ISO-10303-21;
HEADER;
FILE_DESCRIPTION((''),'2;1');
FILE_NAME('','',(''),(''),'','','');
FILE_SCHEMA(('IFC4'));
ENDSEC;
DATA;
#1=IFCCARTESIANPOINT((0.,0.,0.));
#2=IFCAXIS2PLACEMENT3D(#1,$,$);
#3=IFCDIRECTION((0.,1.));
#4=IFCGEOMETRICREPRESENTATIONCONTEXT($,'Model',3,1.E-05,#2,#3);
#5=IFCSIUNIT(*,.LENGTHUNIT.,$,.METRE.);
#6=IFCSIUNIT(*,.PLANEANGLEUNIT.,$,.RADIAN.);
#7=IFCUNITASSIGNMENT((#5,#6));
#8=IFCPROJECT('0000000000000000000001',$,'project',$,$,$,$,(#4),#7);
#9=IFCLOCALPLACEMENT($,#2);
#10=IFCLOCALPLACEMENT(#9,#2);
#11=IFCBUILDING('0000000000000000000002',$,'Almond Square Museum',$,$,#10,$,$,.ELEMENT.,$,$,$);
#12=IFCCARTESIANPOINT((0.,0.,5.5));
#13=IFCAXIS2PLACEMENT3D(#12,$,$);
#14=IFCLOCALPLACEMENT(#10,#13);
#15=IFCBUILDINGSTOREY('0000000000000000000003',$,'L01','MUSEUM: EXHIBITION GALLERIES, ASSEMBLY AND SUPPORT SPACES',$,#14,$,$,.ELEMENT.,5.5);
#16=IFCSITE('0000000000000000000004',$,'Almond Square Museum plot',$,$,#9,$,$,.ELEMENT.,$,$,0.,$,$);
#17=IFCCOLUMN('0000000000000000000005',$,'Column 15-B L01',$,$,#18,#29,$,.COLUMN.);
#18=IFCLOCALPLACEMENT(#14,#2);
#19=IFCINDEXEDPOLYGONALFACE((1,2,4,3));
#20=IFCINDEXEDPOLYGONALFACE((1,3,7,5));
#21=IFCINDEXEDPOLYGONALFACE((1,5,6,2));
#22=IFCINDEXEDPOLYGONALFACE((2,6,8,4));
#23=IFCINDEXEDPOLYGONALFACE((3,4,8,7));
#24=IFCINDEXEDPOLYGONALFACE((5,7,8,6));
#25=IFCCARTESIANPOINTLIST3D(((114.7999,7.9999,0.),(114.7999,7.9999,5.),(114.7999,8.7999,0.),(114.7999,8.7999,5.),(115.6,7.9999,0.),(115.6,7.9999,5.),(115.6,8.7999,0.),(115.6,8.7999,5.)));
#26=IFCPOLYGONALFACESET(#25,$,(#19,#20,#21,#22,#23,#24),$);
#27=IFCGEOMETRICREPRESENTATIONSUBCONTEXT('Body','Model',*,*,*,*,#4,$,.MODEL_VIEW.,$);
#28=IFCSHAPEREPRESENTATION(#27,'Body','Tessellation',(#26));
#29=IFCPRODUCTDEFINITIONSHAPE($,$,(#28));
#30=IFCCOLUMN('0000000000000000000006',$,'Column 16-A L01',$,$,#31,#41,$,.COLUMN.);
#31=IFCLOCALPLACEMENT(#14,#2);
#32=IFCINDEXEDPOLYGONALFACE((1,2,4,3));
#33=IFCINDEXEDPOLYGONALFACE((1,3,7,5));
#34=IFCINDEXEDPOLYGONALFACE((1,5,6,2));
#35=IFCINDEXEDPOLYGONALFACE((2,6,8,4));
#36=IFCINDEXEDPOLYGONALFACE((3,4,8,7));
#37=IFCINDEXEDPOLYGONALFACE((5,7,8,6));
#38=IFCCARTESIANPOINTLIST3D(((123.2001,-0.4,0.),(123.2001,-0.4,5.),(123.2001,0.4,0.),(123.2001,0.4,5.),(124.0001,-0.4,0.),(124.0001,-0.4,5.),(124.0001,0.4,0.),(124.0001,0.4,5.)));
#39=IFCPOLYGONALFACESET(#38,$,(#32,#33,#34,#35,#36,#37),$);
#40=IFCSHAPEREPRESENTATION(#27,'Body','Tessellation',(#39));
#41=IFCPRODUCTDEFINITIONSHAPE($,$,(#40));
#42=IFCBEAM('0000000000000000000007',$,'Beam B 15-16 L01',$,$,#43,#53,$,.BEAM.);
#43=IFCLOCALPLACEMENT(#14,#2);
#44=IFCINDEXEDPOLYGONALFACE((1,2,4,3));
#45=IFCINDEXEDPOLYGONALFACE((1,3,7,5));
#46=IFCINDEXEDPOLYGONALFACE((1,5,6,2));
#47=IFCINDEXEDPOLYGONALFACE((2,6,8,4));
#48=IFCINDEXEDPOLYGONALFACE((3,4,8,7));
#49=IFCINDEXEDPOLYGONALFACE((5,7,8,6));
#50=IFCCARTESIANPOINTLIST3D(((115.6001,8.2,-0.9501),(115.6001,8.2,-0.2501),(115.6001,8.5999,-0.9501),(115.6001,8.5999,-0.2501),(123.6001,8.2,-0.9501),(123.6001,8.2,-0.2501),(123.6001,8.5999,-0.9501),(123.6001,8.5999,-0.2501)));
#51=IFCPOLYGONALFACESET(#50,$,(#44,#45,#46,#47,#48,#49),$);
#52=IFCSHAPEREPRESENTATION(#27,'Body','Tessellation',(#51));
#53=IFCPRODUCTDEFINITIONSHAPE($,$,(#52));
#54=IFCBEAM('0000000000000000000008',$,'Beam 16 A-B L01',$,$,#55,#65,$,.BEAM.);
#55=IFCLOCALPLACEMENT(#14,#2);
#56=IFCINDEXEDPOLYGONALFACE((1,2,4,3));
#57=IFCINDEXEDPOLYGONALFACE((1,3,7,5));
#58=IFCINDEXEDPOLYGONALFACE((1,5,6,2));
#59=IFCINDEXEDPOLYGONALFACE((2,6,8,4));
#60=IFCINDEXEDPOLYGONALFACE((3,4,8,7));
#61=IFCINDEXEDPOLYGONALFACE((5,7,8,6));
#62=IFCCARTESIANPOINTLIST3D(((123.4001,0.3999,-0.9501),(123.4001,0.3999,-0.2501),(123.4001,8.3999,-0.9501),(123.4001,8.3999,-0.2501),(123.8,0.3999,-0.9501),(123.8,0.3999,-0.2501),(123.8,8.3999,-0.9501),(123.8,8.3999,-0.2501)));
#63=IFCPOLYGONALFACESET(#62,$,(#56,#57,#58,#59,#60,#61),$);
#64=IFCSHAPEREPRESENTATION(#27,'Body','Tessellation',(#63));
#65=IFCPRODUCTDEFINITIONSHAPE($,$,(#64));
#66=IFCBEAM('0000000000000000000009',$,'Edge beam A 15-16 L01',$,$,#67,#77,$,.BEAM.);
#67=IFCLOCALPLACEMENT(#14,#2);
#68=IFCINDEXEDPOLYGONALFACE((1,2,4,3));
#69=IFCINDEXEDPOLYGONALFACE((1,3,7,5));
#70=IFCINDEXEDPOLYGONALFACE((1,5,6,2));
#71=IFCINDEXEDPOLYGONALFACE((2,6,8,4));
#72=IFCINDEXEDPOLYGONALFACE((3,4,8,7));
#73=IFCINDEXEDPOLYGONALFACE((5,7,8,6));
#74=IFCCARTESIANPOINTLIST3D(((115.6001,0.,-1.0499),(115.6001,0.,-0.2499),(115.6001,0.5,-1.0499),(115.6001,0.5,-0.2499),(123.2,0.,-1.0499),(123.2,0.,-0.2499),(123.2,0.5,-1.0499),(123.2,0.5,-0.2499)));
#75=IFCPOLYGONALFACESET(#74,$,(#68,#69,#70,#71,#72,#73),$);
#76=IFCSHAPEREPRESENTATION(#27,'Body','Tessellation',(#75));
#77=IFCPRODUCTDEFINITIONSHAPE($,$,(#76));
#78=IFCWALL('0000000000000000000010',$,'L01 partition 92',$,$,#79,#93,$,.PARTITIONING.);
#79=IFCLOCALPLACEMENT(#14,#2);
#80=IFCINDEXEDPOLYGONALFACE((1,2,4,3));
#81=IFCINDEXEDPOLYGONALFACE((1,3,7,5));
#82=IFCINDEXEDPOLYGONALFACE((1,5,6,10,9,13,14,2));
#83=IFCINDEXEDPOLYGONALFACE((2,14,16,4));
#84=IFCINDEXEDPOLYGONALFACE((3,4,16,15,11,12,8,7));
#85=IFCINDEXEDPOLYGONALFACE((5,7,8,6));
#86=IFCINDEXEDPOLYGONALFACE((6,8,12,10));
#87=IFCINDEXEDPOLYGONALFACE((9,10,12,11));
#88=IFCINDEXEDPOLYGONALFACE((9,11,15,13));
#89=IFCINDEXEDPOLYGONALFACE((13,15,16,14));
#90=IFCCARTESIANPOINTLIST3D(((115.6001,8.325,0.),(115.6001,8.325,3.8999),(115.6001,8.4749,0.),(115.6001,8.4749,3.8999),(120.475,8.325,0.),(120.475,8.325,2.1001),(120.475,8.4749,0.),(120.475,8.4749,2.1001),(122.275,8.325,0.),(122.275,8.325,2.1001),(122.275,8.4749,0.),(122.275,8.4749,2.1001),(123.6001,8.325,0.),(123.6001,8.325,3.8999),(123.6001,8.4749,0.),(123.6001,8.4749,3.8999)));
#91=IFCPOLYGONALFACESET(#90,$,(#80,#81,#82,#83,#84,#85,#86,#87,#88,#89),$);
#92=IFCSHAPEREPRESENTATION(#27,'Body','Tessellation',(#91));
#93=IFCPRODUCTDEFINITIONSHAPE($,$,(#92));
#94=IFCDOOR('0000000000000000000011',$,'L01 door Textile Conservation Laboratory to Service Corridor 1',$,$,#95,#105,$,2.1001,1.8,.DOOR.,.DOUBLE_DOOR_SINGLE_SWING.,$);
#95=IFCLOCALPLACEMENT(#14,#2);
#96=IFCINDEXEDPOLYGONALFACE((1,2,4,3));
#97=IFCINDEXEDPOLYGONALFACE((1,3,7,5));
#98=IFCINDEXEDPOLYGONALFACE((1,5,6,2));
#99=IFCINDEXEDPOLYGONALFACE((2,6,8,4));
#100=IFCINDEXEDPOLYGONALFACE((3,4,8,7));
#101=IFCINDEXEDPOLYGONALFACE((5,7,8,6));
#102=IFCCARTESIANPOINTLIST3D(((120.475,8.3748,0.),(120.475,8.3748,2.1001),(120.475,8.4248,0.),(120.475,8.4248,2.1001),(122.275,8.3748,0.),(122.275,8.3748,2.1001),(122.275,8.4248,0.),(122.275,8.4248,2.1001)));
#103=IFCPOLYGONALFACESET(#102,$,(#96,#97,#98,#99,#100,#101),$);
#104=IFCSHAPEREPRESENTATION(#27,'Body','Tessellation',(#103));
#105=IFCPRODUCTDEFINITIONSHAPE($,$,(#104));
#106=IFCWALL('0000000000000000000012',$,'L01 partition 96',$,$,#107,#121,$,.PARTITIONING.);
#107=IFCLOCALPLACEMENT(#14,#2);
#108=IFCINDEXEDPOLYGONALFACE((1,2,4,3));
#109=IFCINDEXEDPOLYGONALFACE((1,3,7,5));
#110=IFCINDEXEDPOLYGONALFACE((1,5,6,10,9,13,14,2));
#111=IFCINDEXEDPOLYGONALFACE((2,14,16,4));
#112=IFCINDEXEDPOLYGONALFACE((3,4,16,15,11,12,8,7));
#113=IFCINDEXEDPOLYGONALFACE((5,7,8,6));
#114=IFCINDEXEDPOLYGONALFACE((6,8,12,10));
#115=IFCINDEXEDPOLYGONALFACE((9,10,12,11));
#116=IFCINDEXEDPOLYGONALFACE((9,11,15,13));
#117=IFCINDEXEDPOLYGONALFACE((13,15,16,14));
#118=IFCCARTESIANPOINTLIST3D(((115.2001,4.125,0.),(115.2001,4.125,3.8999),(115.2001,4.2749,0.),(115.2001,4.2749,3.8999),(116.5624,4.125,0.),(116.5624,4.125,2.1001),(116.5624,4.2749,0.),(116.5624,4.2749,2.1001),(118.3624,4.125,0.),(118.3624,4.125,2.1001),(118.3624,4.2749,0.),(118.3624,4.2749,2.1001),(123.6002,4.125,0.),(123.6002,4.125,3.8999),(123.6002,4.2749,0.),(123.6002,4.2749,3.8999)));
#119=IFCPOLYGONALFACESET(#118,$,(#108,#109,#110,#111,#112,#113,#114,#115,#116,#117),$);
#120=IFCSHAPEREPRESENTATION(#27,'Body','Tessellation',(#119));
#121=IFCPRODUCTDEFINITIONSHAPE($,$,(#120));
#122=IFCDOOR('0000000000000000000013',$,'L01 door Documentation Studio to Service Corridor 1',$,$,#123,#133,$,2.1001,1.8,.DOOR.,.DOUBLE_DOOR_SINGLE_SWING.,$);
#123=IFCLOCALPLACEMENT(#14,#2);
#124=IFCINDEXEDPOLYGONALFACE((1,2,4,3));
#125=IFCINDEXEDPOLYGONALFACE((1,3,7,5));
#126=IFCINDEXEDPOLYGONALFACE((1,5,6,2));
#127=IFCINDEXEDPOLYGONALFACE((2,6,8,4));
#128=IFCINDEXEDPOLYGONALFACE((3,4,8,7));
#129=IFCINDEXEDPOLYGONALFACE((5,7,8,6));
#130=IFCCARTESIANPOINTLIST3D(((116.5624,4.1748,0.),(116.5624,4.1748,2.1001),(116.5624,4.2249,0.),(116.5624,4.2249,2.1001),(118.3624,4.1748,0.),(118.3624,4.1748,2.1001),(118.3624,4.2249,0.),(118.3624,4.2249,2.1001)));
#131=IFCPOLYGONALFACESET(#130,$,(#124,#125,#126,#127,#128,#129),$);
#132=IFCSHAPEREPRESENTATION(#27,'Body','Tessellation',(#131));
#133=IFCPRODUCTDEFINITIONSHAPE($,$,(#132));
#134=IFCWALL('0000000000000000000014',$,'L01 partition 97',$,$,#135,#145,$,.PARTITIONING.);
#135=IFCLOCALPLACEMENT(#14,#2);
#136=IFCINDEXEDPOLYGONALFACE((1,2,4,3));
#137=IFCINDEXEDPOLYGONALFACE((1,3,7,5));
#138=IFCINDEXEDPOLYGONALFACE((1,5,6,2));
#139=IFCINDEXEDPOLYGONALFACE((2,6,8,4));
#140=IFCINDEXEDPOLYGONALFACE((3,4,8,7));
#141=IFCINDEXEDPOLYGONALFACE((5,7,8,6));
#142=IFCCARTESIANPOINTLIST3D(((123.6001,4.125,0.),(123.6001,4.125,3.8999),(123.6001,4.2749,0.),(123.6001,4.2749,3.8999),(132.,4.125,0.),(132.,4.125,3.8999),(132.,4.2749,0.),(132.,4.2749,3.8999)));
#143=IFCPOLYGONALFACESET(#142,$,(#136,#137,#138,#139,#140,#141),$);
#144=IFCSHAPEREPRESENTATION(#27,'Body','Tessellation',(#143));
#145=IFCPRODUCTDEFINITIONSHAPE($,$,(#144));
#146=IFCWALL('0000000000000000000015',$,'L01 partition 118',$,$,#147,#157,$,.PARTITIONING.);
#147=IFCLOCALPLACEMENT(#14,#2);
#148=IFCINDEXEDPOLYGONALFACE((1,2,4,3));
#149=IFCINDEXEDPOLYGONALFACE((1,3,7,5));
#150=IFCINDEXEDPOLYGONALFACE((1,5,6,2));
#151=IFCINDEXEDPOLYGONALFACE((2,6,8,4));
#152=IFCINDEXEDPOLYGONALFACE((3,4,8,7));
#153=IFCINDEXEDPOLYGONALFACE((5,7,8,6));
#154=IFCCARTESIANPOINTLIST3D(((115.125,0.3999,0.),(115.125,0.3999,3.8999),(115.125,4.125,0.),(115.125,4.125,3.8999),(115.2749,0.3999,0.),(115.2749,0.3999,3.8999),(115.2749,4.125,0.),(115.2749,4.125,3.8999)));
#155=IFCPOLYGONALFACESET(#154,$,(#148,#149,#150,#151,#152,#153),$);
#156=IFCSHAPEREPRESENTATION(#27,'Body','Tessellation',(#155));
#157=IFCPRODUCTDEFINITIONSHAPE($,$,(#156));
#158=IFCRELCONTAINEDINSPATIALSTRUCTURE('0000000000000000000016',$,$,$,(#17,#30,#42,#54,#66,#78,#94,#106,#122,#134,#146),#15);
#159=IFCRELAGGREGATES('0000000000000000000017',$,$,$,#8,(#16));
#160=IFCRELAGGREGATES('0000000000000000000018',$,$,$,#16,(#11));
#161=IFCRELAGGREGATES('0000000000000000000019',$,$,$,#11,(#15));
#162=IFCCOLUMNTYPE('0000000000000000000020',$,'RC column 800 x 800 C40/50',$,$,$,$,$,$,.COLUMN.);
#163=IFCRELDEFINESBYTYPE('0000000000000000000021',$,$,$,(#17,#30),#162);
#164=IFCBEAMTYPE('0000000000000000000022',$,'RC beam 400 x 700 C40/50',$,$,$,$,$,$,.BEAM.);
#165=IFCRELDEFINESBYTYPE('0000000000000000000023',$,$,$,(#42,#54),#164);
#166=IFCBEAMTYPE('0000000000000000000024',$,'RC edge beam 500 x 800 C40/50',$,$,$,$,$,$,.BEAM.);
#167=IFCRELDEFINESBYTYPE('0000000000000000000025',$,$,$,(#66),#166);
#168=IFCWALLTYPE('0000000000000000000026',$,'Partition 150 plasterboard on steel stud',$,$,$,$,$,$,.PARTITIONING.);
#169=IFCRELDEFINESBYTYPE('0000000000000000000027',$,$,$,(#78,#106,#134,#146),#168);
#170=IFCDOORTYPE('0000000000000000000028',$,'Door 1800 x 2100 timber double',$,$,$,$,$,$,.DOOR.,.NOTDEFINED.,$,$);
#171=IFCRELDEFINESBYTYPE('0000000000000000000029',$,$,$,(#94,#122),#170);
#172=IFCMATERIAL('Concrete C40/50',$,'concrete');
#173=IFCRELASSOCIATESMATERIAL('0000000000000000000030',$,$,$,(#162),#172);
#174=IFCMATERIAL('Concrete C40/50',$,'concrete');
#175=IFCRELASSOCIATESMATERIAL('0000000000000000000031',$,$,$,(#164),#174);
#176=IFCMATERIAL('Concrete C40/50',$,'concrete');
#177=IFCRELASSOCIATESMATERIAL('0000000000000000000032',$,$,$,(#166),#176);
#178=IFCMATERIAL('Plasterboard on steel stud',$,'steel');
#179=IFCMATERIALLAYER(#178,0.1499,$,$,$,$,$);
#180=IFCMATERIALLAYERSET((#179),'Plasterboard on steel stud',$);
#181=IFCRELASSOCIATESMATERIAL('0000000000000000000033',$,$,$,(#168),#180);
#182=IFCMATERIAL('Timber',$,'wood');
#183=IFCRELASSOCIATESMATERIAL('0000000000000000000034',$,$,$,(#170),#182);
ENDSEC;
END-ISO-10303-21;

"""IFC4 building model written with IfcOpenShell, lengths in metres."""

from ifc_helpers import new_model, si_unit, direction, frame, frame_2d, origin, origin_2d, place, context, subcontext, project, spatial, rectangle, extrude, material, layer, layer_set, material_profile, profile_set, type_object, element, fill, save


model = new_model("IFC4")

# Units and contexts
model_context = context("Model", 3, precision=1e-05, world=origin(), true_north=direction((0.0, 1.0)))
body_context = subcontext(model_context, "Body", "Model", "MODEL_VIEW")
ifc_project = project(units=[si_unit("LENGTHUNIT", "METRE"), si_unit("PLANEANGLEUNIT", "RADIAN")], contexts=[model_context])

# Site, building, storey
site_placement = place(None, origin())
site = spatial("IfcSite", under=ifc_project, at=site_placement, Name="Almond Square Museum plot", CompositionType="ELEMENT", RefElevation=0.0)
building_placement = place(site_placement, origin())
building = spatial("IfcBuilding", under=site, at=building_placement, Name="Almond Square Museum", CompositionType="ELEMENT")
storey_placement = place(building_placement, frame((0.0, 0.0, 5.5)))
storey = spatial("IfcBuildingStorey", under=building, at=storey_placement, Name="L01", Description="MUSEUM: EXHIBITION GALLERIES, ASSEMBLY AND SUPPORT SPACES", CompositionType="ELEMENT", Elevation=5.5)

# Columns
ifc_material_1 = material(Name="Concrete C40/50", Category="concrete")
ifc_material_profile_1 = material_profile(ifc_material_1, rectangle(XDim=0.8, YDim=0.8, at=origin_2d()))
ifc_profile_set_1 = profile_set([ifc_material_profile_1], Name="Concrete C40/50")
column_type = type_object("IfcColumnType", Name="RC column 800 x 800 C40/50", PredefinedType="COLUMN", material=ifc_profile_set_1)
for number, where, z_axis, x_axis, name in (
    (1, (115.2, 8.3999, 0.0), (0.0, 0.0, 1.0), (1.0, 0.0, 0.0), "Column 15-B L01"),
    (2, (123.6001, 0.0, 0.0), (0.0, 0.0, 1.0), (1.0, 0.0, 0.0), "Column 16-A L01"),
):
    element("IfcColumn", number, at=place(storey_placement, frame(where, z_axis=z_axis, x_axis=x_axis)), inside=storey, type_object=column_type, Name=name, PredefinedType="COLUMN", context=body_context, shape_type="SweptSolid", body=[
        extrude(rectangle(XDim=0.8, YDim=0.8, at=origin_2d()), origin(), (0.0, 0.0, 1.0), 5.0),
    ])

# Beams
ifc_material_2 = material(Name="Concrete C40/50", Category="concrete")
ifc_material_profile_2 = material_profile(ifc_material_2, rectangle(XDim=0.3999, YDim=0.7, at=origin_2d()))
ifc_profile_set_2 = profile_set([ifc_material_profile_2], Name="Concrete C40/50")
beam_type_1 = type_object("IfcBeamType", Name="RC beam 400 x 700 C40/50", PredefinedType="BEAM", material=ifc_profile_set_2)
for number, where, z_axis, x_axis, name in (
    (3, (115.6001, 8.3999, -0.6001), (1.0, 0.0, 0.0), (0.0, 1.0, 0.0), "Beam B 15-16 L01"),
    (4, (123.6001, 0.3999, -0.6001), (0.0, 1.0, 0.0), (-1.0, 0.0, 0.0), "Beam 16 A-B L01"),
):
    element("IfcBeam", number, at=place(storey_placement, frame(where, z_axis=z_axis, x_axis=x_axis)), inside=storey, type_object=beam_type_1, Name=name, PredefinedType="BEAM", context=body_context, shape_type="SweptSolid", body=[
        extrude(rectangle(XDim=0.3999, YDim=0.7, at=origin_2d()), origin(), (0.0, 0.0, 1.0), 8.0),
    ])
ifc_material_3 = material(Name="Concrete C40/50", Category="concrete")
ifc_material_profile_3 = material_profile(ifc_material_3, rectangle(XDim=0.5, YDim=0.8, at=origin_2d()))
ifc_profile_set_3 = profile_set([ifc_material_profile_3], Name="Concrete C40/50")
beam_type_2 = type_object("IfcBeamType", Name="RC edge beam 500 x 800 C40/50", PredefinedType="BEAM", material=ifc_profile_set_3)
beam_placement = place(storey_placement, frame((115.6001, 0.25, -0.6499), z_axis=(1.0, 0.0, 0.0), x_axis=(0.0, 1.0, 0.0)))
element("IfcBeam", 5, at=beam_placement, inside=storey, type_object=beam_type_2, Name="Edge beam A 15-16 L01", PredefinedType="BEAM", context=body_context, shape_type="SweptSolid", body=[
    extrude(rectangle(XDim=0.5, YDim=0.8, at=origin_2d()), origin(), (0.0, 0.0, 1.0), 7.5999),
])

# Walls, openings, doors
ifc_material_4 = material(Name="Plasterboard on steel stud", Category="steel")
ifc_layer_1 = layer(ifc_material_4, 0.1499)
ifc_layer_set_1 = layer_set([ifc_layer_1], Name="Plasterboard on steel stud")
wall_type_1 = type_object("IfcWallType", Name="Partition 150 plasterboard on steel stud", PredefinedType="PARTITIONING", material=ifc_layer_set_1)
wall_1_placement = place(storey_placement, frame((115.6001, 8.3999, 0.0), z_axis=(0.0, 0.0, 1.0), x_axis=(1.0, 0.0, 0.0)))
wall_1 = element("IfcWall", 6, at=wall_1_placement, inside=storey, type_object=wall_type_1, Name="L01 partition 92", PredefinedType="PARTITIONING", context=body_context, shape_type="SweptSolid", body=[
    extrude(rectangle(XDim=8.0, YDim=0.1499, at=frame_2d((4.0, 0.0))), origin(), (0.0, 0.0, 1.0), 3.8999),
])
opening_1_placement = place(wall_1_placement, frame((4.875, 0.0, 0.0)))
opening_1 = element("IfcOpeningElement", 7, at=opening_1_placement, cuts=wall_1, PredefinedType="OPENING", context=body_context, shape_type="SweptSolid", body=[
    extrude(rectangle(XDim=1.8, YDim=2.1001, at=frame_2d((0.8999, 1.05))), frame((0.0, 0.085, 0.0), z_axis=(0.0, -1.0, 0.0), x_axis=(1.0, 0.0, 0.0)), (0.0, 0.0, 1.0), 0.1699),
])
ifc_material_5 = material(Name="Timber", Category="wood")
door_type_1 = type_object("IfcDoorType", Name="Door 1800 x 2100 timber double", OperationType="NOTDEFINED", PredefinedType="DOOR", material=ifc_material_5)
door_1_placement = place(opening_1_placement, origin())
door_1 = element("IfcDoor", 8, at=door_1_placement, inside=storey, type_object=door_type_1, Name="L01 door Textile Conservation Laboratory to Service Corridor 1", OperationType="DOUBLE_DOOR_SINGLE_SWING", OverallHeight=2.1001, OverallWidth=1.8, PredefinedType="DOOR", context=body_context, shape_type="SweptSolid", body=[
    extrude(rectangle(XDim=1.8, YDim=2.1001, at=frame_2d((0.8999, 1.05))), frame((0.0, 0.0249, 0.0), z_axis=(0.0, -1.0, 0.0), x_axis=(1.0, 0.0, 0.0)), (0.0, 0.0, 1.0), 0.05),
])
fill(opening_1, door_1)
wall_2_placement = place(storey_placement, frame((115.2, 4.2, 0.0), z_axis=(0.0, 0.0, 1.0), x_axis=(1.0, 0.0, 0.0)))
wall_2 = element("IfcWall", 9, at=wall_2_placement, inside=storey, type_object=wall_type_1, Name="L01 partition 96", PredefinedType="PARTITIONING", context=body_context, shape_type="SweptSolid", body=[
    extrude(rectangle(XDim=8.4001, YDim=0.1499, at=frame_2d((4.2002, 0.0))), origin(), (0.0, 0.0, 1.0), 3.8999),
])
opening_2_placement = place(wall_2_placement, frame((1.3625, 0.0, 0.0)))
opening_2 = element("IfcOpeningElement", 10, at=opening_2_placement, cuts=wall_2, PredefinedType="OPENING", context=body_context, shape_type="SweptSolid", body=[
    extrude(rectangle(XDim=1.8, YDim=2.1001, at=frame_2d((0.8999, 1.05))), frame((0.0, 0.085, 0.0), z_axis=(0.0, -1.0, 0.0), x_axis=(1.0, 0.0, 0.0)), (0.0, 0.0, 1.0), 0.1699),
])
door_2_placement = place(opening_2_placement, origin())
door_2 = element("IfcDoor", 11, at=door_2_placement, inside=storey, type_object=door_type_1, Name="L01 door Documentation Studio to Service Corridor 1", OperationType="DOUBLE_DOOR_SINGLE_SWING", OverallHeight=2.1001, OverallWidth=1.8, PredefinedType="DOOR", context=body_context, shape_type="SweptSolid", body=[
    extrude(rectangle(XDim=1.8, YDim=2.1001, at=frame_2d((0.8999, 1.05))), frame((0.0, 0.0249, 0.0), z_axis=(0.0, -1.0, 0.0), x_axis=(1.0, 0.0, 0.0)), (0.0, 0.0, 1.0), 0.05),
])
fill(opening_2, door_2)

# Walls
wall_3_placement = place(storey_placement, frame((123.6001, 4.2, 0.0), z_axis=(0.0, 0.0, 1.0), x_axis=(1.0, 0.0, 0.0)))
element("IfcWall", 12, at=wall_3_placement, inside=storey, type_object=wall_type_1, Name="L01 partition 97", PredefinedType="PARTITIONING", context=body_context, shape_type="SweptSolid", body=[
    extrude(rectangle(XDim=8.3999, YDim=0.1499, at=frame_2d((4.2, 0.0))), origin(), (0.0, 0.0, 1.0), 3.8999),
])
wall_4_placement = place(storey_placement, frame((115.2, 0.3999, 0.0), z_axis=(0.0, 0.0, 1.0), x_axis=(0.0, 1.0, 0.0)))
element("IfcWall", 13, at=wall_4_placement, inside=storey, type_object=wall_type_1, Name="L01 partition 118", PredefinedType="PARTITIONING", context=body_context, shape_type="SweptSolid", body=[
    extrude(rectangle(XDim=3.7251, YDim=0.1499, at=frame_2d((1.8625, 0.0))), origin(), (0.0, 0.0, 1.0), 3.8999),
])

save(model, "model.ifc")
